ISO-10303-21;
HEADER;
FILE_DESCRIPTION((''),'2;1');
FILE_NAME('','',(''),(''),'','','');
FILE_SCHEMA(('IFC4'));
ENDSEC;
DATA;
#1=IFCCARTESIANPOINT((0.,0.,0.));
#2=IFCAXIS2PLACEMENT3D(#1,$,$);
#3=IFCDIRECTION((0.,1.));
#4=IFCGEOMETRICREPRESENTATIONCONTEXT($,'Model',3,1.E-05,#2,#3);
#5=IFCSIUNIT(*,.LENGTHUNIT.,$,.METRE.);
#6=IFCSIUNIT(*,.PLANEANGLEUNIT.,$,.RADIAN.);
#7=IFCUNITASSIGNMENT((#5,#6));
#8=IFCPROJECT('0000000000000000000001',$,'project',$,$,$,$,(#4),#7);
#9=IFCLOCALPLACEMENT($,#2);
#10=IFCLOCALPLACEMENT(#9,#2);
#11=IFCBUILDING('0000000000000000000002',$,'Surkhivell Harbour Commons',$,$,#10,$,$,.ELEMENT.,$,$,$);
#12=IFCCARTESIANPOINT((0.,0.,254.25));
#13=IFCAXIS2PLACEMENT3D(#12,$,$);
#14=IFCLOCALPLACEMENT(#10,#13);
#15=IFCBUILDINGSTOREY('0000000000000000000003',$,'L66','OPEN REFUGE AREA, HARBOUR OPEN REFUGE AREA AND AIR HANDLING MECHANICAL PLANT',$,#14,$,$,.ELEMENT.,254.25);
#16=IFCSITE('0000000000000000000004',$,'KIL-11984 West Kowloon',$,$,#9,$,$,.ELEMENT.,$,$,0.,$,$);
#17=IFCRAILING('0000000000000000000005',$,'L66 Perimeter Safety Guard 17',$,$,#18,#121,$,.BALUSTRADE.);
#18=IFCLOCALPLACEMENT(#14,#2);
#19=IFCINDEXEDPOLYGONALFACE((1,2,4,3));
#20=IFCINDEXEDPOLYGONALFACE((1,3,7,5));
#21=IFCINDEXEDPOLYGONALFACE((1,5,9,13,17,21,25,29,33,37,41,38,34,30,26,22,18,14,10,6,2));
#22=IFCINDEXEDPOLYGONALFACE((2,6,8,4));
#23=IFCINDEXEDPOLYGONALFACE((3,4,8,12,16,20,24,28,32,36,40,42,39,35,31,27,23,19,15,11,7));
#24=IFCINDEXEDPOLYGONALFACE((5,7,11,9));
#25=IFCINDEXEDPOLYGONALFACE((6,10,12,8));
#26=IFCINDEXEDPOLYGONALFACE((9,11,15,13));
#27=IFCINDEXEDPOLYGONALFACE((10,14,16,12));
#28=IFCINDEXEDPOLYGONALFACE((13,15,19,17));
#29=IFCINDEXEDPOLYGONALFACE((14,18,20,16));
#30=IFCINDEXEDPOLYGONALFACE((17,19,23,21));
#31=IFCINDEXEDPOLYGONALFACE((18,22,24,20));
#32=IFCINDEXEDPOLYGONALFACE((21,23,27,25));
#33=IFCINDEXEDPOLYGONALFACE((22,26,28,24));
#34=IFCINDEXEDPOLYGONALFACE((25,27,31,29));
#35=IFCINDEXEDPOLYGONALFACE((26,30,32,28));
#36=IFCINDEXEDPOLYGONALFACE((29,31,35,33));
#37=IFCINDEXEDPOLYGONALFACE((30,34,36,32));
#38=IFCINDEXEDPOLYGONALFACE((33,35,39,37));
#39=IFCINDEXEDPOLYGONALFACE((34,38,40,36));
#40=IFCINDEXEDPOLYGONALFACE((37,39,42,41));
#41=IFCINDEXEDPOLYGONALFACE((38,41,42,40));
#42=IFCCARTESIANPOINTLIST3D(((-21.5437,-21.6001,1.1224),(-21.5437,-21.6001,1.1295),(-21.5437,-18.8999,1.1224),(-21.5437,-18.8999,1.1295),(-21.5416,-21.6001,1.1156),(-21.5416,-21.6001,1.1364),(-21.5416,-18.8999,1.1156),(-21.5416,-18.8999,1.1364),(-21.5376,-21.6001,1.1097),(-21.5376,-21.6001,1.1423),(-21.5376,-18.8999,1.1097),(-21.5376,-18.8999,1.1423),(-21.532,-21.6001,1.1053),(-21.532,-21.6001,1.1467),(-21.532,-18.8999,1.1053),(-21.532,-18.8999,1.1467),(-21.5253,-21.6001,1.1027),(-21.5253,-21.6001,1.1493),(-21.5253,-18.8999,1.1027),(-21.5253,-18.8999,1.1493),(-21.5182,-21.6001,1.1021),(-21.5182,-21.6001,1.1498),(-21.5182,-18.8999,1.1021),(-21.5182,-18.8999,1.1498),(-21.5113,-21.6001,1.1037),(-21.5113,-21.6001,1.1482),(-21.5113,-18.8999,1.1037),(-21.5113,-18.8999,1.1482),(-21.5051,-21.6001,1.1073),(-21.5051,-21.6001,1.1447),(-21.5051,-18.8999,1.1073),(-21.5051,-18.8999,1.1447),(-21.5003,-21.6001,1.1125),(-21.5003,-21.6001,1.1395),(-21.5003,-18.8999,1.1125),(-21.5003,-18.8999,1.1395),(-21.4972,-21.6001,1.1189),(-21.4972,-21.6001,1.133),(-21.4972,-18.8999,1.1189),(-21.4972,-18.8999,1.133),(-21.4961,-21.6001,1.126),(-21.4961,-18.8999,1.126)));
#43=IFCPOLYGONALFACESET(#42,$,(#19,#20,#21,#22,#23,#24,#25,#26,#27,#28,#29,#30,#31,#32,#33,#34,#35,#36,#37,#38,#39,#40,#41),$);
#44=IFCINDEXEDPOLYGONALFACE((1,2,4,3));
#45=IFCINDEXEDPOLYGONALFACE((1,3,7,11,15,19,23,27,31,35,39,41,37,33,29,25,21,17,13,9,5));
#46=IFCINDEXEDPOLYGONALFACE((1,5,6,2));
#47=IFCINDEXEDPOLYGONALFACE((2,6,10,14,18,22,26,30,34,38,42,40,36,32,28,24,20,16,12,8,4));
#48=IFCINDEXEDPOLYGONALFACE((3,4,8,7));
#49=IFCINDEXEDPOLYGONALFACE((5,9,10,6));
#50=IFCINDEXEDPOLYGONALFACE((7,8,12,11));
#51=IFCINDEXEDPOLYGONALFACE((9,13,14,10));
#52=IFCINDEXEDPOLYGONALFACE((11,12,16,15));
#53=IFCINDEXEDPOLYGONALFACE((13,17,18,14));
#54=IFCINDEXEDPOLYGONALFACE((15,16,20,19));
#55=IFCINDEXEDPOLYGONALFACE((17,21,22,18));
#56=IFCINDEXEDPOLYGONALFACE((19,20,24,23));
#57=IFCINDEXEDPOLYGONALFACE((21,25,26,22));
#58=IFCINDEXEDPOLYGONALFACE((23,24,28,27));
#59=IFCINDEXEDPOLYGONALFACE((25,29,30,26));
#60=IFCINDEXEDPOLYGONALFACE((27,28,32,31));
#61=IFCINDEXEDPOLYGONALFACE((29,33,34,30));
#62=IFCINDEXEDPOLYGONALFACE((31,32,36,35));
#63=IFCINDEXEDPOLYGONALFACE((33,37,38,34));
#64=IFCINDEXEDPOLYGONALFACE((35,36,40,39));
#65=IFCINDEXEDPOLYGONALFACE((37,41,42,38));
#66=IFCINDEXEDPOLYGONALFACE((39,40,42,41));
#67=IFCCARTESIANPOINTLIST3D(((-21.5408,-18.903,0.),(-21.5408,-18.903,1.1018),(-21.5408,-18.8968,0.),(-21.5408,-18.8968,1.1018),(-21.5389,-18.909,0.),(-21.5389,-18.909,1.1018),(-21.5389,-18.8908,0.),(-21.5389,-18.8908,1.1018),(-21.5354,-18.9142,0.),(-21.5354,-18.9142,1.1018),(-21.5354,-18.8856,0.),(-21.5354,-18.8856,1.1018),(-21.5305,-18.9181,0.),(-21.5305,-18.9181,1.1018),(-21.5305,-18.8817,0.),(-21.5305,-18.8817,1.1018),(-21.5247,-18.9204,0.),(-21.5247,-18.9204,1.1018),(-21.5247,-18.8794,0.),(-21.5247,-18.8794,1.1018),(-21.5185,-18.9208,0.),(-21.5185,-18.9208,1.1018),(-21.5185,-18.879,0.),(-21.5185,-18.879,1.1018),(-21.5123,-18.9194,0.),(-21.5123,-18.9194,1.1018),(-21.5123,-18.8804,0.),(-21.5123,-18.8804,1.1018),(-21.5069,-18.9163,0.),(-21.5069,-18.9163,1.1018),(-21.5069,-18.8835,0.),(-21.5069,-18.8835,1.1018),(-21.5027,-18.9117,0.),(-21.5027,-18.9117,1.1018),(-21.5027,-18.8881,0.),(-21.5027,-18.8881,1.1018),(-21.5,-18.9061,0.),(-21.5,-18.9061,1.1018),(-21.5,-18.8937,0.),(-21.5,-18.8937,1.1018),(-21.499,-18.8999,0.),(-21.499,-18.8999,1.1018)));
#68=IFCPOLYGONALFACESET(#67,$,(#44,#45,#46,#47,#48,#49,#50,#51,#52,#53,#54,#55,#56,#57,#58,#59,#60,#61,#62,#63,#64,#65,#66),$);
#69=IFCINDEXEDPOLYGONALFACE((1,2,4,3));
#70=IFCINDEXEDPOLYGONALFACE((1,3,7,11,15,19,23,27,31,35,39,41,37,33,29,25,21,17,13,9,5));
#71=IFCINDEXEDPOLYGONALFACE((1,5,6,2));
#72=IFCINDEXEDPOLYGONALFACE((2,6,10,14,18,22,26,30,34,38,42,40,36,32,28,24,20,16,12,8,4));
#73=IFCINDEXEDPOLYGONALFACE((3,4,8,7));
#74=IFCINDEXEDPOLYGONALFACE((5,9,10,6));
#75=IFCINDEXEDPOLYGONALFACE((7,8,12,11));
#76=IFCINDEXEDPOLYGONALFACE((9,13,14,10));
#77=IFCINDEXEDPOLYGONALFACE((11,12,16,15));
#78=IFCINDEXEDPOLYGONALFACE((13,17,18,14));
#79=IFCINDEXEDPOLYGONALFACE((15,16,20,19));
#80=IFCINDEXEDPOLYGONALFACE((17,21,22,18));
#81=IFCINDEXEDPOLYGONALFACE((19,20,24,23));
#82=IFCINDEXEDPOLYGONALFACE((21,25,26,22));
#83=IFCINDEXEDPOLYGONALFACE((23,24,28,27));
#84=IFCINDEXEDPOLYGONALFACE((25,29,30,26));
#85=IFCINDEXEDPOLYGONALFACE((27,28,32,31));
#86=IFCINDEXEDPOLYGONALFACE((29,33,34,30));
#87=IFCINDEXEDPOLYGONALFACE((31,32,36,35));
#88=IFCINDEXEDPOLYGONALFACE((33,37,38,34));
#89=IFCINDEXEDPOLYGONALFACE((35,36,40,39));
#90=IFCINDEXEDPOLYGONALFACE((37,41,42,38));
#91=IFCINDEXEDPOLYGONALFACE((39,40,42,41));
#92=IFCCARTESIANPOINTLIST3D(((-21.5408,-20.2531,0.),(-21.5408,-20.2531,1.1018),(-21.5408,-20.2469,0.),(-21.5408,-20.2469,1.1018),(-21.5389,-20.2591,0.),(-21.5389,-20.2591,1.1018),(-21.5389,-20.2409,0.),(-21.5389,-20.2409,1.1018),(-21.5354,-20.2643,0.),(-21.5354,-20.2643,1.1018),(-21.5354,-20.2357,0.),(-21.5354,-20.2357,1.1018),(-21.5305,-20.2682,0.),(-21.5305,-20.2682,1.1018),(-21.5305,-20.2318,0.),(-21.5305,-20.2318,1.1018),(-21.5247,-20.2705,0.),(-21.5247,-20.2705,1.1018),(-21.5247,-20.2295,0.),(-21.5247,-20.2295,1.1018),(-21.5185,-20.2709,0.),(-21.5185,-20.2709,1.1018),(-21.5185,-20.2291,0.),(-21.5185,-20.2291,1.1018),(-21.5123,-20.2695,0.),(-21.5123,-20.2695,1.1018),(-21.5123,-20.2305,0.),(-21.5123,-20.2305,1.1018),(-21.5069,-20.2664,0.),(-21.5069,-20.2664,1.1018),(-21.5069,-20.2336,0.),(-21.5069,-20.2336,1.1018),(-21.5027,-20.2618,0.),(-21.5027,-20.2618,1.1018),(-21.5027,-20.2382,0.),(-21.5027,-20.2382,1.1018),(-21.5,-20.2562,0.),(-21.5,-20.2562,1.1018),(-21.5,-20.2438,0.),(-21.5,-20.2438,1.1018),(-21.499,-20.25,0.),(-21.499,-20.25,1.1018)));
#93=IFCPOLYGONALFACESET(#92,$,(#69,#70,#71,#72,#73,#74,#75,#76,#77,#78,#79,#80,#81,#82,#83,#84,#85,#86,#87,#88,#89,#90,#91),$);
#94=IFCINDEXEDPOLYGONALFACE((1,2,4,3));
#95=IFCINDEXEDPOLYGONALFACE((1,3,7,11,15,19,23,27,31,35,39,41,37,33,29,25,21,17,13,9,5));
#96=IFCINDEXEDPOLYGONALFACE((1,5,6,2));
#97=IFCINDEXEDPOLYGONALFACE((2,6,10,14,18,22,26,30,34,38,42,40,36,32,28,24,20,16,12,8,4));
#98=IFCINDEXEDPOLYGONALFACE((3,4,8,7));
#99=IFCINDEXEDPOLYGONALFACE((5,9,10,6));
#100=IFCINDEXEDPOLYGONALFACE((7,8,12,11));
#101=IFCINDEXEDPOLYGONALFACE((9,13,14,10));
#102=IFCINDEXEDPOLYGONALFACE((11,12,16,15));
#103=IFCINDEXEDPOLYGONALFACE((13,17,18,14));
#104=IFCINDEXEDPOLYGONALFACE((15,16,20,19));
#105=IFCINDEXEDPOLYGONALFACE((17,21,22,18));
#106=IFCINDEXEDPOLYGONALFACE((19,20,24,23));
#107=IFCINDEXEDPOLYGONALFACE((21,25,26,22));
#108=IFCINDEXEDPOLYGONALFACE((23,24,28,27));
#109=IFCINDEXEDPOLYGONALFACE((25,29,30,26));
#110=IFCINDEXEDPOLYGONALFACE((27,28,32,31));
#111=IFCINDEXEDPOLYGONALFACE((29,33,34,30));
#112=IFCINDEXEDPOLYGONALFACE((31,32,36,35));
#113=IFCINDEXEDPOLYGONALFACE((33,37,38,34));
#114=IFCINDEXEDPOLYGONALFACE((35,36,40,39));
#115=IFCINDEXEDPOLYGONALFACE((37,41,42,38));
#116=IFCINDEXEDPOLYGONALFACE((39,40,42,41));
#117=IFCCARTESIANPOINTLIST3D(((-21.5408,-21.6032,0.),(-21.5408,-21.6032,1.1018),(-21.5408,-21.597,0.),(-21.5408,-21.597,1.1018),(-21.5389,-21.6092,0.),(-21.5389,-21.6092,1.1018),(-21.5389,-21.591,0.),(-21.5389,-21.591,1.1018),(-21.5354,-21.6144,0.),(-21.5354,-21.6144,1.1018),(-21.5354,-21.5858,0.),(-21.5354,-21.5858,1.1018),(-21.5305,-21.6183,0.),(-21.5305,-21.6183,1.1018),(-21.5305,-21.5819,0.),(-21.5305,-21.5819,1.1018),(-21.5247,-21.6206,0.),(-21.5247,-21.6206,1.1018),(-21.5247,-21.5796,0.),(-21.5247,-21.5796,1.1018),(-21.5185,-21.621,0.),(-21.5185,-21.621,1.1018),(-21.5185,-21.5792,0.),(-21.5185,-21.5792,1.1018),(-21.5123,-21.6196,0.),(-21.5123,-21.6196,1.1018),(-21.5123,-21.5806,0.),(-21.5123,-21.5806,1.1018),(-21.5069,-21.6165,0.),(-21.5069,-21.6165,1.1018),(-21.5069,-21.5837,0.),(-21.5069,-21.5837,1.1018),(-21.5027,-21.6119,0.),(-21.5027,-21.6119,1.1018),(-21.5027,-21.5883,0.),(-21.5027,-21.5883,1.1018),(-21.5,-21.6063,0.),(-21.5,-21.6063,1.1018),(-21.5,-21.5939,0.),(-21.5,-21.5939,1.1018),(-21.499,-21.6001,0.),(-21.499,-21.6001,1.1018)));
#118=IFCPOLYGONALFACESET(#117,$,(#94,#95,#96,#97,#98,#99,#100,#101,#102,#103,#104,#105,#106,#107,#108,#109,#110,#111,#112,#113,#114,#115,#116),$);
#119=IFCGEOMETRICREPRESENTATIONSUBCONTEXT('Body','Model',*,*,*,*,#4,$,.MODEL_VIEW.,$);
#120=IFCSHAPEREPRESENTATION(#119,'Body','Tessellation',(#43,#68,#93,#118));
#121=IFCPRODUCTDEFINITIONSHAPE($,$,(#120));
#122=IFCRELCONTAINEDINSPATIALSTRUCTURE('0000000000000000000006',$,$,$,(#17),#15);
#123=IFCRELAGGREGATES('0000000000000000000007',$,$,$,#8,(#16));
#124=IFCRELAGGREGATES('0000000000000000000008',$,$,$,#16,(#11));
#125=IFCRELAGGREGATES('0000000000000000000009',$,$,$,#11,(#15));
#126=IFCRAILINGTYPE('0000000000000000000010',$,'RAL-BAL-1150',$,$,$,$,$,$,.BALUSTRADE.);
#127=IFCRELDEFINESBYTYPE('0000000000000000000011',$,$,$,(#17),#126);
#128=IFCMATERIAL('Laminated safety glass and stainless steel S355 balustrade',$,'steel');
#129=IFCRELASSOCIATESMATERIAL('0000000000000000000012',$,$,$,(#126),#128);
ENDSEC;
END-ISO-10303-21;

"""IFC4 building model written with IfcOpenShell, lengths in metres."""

from ifc_helpers import new_model, si_unit, direction, frame, origin, origin_2d, place, context, subcontext, project, spatial, circle, extrude, material, type_object, element, save


model = new_model("IFC4")

# Units and contexts
model_context = context("Model", 3, precision=1e-05, world=origin(), true_north=direction((0.0, 1.0)))
body_context = subcontext(model_context, "Body", "Model", "MODEL_VIEW")
ifc_project = project(units=[si_unit("LENGTHUNIT", "METRE"), si_unit("PLANEANGLEUNIT", "RADIAN")], contexts=[model_context])

# Site, building, storey
site_placement = place(None, origin())
site = spatial("IfcSite", under=ifc_project, at=site_placement, Name="KIL-11984 West Kowloon", CompositionType="ELEMENT", RefElevation=0.0)
building_placement = place(site_placement, origin())
building = spatial("IfcBuilding", under=site, at=building_placement, Name="Surkhivell Harbour Commons", CompositionType="ELEMENT")
storey_placement = place(building_placement, frame((0.0, 0.0, 254.25)))
storey = spatial("IfcBuildingStorey", under=building, at=storey_placement, Name="L66", Description="OPEN REFUGE AREA, HARBOUR OPEN REFUGE AREA AND AIR HANDLING MECHANICAL PLANT", CompositionType="ELEMENT", Elevation=254.25)

# Railing
ifc_material_1 = material(Name="Laminated safety glass and stainless steel S355 balustrade", Category="steel")
railing_type = type_object("IfcRailingType", Name="RAL-BAL-1150", PredefinedType="BALUSTRADE", material=ifc_material_1)
railing_1_placement = place(storey_placement, frame((-21.52, -18.8999, 0.0)))
element("IfcRailing", 1, at=railing_1_placement, inside=storey, type_object=railing_type, Name="L66 Perimeter Safety Guard 17", PredefinedType="BALUSTRADE", context=body_context, shape_type="SweptSolid", body=[
    extrude(circle(Radius=0.0239, at=origin_2d()), frame((0.0, 0.0, 1.126), z_axis=(0.0, -1.0, 0.0), x_axis=(1.0, 0.0, 0.0)), (0.0, 0.0, 1.0), 2.7002),
    extrude(circle(Radius=0.021, at=origin_2d()), origin(), (0.0, 0.0, 1.0), 1.1018),
    extrude(circle(Radius=0.021, at=origin_2d()), frame((0.0, -1.3501, 0.0)), (0.0, 0.0, 1.0), 1.1018),
    extrude(circle(Radius=0.021, at=origin_2d()), frame((0.0, -2.7002, 0.0)), (0.0, 0.0, 1.0), 1.1018),
])

save(model, "model.ifc")
